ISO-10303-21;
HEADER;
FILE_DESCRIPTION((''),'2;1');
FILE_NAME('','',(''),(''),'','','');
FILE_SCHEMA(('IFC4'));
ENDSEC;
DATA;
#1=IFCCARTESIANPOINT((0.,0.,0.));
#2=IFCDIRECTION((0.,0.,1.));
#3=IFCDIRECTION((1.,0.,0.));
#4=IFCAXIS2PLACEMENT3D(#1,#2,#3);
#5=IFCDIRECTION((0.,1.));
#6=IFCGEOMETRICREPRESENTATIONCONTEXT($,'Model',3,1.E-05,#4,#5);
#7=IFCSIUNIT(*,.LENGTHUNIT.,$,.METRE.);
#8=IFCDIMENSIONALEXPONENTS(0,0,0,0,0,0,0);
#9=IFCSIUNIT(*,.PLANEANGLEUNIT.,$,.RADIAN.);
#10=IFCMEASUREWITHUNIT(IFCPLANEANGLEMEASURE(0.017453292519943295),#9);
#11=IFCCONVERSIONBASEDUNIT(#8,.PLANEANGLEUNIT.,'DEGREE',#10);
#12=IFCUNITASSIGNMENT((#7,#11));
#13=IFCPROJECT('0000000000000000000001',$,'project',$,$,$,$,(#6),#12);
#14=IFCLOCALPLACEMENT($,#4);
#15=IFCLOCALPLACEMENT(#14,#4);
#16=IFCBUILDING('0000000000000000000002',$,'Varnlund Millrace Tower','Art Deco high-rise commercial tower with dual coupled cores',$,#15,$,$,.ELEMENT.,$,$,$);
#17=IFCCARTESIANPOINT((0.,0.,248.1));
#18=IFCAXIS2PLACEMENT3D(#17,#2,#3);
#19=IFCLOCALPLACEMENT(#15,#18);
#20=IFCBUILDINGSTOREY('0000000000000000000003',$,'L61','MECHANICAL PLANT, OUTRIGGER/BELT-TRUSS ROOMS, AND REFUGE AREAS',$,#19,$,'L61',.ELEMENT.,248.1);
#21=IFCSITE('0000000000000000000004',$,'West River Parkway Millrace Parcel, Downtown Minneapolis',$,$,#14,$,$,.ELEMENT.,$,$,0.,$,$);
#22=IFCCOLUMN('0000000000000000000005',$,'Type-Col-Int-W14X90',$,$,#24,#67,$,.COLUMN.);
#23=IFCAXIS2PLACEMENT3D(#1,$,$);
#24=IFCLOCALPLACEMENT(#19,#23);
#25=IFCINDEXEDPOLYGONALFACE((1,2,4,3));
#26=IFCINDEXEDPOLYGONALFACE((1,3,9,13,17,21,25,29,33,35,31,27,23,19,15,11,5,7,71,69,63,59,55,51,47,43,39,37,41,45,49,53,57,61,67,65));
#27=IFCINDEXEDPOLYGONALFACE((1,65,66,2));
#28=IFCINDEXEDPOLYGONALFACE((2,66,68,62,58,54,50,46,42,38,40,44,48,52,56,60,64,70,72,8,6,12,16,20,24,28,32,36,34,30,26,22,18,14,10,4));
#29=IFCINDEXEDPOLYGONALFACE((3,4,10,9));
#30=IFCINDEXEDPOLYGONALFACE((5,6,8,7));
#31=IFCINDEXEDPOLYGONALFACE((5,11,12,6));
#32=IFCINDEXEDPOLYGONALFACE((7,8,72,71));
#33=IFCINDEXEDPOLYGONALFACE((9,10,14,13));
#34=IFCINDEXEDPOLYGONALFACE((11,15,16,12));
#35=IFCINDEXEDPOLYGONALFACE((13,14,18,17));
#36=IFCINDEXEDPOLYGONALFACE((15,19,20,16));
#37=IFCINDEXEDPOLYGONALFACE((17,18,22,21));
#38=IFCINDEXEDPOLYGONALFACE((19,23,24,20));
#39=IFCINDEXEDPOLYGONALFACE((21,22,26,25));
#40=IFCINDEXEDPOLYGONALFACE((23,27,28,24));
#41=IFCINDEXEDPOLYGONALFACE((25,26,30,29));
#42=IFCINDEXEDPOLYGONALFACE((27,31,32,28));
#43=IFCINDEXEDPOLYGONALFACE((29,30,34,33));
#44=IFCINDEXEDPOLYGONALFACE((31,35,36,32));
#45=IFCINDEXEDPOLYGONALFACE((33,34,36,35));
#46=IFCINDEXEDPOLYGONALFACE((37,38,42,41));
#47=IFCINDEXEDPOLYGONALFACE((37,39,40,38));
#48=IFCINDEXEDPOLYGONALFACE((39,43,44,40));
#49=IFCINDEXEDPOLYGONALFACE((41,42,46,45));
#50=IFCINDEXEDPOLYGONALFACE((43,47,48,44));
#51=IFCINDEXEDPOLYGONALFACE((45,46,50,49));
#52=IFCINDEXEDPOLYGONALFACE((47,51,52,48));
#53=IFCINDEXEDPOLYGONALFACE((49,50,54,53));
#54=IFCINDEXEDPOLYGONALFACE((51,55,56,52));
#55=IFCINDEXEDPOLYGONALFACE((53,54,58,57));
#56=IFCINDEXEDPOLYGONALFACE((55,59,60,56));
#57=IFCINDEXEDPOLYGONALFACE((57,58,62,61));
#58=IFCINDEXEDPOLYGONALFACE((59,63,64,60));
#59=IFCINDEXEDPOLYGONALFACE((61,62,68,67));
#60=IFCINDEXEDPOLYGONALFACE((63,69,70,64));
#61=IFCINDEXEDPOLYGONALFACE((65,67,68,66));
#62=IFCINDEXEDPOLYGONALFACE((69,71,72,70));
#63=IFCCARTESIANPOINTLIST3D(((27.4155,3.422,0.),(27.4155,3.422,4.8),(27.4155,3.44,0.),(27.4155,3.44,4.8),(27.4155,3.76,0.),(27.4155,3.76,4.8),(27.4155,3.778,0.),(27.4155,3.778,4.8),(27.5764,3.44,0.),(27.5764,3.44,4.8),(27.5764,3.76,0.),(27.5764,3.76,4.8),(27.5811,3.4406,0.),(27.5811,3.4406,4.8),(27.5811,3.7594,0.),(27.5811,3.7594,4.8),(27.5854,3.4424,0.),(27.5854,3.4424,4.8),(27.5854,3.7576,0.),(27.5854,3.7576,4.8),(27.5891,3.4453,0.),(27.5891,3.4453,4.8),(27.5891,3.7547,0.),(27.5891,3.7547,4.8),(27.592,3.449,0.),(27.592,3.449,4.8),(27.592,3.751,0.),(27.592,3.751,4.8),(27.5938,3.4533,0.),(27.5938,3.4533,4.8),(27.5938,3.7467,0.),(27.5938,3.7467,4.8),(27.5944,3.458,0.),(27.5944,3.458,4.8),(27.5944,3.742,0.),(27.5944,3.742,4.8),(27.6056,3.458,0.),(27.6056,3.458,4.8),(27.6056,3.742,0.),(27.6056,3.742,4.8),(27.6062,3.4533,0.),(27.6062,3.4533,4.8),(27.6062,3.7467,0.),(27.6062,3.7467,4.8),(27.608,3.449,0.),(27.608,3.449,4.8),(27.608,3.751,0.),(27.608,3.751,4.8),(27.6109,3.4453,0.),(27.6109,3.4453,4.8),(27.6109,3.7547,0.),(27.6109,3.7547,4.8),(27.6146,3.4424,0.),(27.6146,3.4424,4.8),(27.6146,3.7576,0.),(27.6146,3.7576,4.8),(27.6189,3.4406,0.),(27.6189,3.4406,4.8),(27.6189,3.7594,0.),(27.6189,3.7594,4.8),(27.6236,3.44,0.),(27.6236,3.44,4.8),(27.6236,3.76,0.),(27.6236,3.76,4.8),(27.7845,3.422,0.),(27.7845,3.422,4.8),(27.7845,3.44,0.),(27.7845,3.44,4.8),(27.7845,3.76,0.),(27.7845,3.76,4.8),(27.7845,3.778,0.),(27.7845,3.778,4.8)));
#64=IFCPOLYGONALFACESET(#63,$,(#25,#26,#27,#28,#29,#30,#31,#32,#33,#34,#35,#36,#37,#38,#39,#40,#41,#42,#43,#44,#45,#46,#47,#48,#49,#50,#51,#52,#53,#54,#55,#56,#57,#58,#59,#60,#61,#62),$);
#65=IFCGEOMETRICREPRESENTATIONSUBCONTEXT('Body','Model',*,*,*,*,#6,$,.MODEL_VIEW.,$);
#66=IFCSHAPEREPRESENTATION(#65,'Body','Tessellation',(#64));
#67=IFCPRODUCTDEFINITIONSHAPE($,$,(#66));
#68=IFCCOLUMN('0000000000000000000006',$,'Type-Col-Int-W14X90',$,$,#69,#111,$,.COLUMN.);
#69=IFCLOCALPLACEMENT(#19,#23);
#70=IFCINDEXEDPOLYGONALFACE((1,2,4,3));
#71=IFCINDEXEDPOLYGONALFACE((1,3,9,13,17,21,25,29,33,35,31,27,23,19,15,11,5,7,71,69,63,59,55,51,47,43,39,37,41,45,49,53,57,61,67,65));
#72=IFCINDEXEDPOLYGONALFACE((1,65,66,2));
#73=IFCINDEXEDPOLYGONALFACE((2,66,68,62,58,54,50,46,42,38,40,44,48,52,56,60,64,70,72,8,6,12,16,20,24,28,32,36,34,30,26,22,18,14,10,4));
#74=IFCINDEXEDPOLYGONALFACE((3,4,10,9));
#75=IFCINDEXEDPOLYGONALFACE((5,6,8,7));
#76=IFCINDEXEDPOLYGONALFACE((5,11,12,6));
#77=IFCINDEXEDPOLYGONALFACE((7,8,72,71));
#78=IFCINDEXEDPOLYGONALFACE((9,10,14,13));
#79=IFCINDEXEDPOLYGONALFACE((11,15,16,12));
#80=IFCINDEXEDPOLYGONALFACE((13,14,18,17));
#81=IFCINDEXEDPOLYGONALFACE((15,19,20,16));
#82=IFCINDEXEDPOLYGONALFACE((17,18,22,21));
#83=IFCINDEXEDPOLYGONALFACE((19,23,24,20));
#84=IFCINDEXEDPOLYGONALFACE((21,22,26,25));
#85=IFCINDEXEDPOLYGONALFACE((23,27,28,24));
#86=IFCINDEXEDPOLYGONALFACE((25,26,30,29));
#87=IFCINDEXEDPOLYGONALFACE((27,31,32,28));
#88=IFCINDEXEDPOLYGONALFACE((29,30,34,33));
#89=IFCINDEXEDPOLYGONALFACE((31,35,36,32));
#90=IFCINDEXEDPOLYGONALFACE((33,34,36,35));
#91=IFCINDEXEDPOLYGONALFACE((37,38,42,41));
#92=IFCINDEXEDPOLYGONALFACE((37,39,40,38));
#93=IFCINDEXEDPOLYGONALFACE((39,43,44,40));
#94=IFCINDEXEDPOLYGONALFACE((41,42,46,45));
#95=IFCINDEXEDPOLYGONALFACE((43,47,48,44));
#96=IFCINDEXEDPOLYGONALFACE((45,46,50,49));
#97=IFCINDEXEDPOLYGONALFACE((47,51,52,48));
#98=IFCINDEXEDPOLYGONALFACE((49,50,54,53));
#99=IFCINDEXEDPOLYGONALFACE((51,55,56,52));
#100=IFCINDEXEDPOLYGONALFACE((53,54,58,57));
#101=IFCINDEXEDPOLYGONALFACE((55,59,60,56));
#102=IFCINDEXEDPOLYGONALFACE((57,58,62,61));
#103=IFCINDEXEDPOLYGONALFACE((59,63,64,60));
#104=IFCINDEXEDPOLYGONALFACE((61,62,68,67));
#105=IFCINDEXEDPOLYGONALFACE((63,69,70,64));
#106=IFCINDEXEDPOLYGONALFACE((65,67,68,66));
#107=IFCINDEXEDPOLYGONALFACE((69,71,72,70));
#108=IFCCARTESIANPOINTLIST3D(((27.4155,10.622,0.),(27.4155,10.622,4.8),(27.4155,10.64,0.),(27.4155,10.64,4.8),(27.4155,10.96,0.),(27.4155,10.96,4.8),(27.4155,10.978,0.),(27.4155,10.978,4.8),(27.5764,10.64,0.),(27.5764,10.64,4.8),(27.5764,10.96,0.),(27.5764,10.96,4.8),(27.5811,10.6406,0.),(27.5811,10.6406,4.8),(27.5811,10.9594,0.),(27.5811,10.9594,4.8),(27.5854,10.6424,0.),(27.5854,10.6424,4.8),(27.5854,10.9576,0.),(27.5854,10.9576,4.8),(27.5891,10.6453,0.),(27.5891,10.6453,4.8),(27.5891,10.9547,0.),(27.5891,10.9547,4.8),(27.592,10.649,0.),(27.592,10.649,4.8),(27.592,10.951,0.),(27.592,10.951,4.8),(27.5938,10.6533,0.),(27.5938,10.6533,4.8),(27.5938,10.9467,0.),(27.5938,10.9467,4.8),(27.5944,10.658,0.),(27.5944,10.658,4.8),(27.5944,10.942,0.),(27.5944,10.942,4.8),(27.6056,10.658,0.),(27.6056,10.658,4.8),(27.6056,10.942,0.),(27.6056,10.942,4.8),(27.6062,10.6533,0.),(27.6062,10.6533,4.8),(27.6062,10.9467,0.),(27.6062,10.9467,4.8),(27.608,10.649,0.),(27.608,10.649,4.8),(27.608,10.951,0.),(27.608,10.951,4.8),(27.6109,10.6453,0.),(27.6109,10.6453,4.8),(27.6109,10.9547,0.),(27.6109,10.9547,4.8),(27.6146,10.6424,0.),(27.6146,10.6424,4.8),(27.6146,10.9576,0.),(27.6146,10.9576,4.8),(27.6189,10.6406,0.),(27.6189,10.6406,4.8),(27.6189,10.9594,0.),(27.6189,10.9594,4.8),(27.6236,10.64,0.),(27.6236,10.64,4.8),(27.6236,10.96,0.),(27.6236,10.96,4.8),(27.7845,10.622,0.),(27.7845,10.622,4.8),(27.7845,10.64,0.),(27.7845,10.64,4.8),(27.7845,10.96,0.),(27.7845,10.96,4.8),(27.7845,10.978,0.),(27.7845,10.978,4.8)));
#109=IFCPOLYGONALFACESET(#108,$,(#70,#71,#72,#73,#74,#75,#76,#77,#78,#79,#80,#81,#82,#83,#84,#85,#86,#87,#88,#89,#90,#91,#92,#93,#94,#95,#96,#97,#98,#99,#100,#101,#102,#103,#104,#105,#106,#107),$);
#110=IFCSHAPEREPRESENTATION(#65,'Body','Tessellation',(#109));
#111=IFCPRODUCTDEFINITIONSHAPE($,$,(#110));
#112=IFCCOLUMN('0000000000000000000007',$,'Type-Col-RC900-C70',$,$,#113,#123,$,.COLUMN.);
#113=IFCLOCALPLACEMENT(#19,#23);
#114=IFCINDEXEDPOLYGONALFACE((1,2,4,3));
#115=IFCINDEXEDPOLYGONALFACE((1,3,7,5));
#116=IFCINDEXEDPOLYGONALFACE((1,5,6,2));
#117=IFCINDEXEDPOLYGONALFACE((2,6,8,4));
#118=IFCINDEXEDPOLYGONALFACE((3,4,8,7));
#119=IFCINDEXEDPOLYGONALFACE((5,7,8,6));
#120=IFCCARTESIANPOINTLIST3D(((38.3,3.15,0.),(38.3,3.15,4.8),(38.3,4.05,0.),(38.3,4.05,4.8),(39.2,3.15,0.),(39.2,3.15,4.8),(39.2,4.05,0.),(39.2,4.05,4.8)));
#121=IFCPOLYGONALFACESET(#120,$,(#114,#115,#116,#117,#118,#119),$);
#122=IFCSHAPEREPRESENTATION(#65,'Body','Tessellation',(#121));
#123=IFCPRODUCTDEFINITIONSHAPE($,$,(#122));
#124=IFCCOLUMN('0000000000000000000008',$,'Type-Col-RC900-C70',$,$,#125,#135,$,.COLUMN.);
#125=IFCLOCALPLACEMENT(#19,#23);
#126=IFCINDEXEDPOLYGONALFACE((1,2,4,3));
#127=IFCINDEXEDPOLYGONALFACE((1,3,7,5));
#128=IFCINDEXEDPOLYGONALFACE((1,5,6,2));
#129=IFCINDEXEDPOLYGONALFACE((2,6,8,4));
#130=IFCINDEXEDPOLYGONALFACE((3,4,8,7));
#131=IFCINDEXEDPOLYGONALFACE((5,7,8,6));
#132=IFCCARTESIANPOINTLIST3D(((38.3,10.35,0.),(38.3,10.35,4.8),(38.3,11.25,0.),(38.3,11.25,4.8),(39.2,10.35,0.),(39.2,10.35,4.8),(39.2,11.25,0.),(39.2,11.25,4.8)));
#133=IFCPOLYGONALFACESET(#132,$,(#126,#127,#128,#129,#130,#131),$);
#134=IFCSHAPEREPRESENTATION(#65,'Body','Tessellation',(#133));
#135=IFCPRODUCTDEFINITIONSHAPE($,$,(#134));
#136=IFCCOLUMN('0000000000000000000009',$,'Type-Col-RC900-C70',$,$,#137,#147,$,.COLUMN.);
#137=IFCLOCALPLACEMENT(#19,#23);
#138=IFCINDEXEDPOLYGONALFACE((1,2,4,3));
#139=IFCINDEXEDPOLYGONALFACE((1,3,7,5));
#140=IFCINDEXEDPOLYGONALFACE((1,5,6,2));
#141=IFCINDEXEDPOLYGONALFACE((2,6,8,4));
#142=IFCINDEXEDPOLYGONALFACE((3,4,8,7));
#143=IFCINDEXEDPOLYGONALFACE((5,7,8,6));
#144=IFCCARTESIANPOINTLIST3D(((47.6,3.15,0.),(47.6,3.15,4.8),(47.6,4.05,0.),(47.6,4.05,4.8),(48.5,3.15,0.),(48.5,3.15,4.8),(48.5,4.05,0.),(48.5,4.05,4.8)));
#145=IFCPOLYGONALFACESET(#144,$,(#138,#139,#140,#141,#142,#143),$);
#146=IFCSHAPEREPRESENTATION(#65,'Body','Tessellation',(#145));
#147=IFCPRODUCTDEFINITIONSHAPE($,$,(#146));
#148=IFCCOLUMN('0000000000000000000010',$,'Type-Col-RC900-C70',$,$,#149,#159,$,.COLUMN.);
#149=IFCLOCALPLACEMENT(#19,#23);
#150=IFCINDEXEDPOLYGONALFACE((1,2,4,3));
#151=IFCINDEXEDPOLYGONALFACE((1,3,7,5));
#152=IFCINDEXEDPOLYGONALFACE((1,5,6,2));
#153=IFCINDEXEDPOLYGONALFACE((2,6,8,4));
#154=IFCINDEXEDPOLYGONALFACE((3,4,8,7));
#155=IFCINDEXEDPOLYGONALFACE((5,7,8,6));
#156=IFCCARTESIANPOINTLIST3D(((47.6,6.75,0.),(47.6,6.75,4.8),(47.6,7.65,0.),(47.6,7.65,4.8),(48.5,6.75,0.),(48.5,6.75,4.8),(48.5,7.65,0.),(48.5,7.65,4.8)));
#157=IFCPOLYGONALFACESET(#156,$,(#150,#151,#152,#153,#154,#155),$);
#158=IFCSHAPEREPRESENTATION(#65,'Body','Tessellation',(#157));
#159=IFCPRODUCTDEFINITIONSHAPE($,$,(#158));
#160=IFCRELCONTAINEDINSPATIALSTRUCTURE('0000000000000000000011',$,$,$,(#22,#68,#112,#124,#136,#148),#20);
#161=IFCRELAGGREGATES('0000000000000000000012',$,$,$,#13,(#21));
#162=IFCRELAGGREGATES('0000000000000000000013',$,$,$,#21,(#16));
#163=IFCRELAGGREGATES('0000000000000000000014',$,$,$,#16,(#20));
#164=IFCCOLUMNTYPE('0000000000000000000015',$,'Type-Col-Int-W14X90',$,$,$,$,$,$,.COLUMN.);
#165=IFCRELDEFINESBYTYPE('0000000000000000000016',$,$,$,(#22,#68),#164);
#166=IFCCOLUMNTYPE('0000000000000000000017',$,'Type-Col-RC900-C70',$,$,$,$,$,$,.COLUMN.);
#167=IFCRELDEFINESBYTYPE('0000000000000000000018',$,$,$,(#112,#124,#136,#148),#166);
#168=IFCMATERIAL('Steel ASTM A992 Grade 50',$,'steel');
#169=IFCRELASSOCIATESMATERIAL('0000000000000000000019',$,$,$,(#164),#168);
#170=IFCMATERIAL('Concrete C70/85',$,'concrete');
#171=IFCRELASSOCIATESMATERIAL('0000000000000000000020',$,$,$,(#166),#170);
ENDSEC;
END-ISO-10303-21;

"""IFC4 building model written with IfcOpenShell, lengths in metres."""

from ifc_helpers import new_model, entity, si_unit, converted_unit, direction, frame, origin_with_axes, origin_2d_with_axis, place, context, subcontext, project, spatial, rectangle, i_section, extrude, material, material_profile, profile_set, type_object, element, save


model = new_model("IFC4")

# Units and contexts
model_context = context("Model", 3, precision=1e-05, world=origin_with_axes(), true_north=direction((0.0, 1.0)))
body_context = subcontext(model_context, "Body", "Model", "MODEL_VIEW")
ifc_project = project(units=[si_unit("LENGTHUNIT", "METRE"), converted_unit("PLANEANGLEUNIT", "DEGREE", entity("IfcPlaneAngleMeasure", 0.017453292519943295), si_unit("PLANEANGLEUNIT", "RADIAN"), dimensions=[0, 0, 0, 0, 0, 0, 0])], contexts=[model_context])

# Site, building, storey
site_placement = place(None, origin_with_axes())
site = spatial("IfcSite", under=ifc_project, at=site_placement, Name="West River Parkway Millrace Parcel, Downtown Minneapolis", CompositionType="ELEMENT", RefElevation=0.0)
building_placement = place(site_placement, origin_with_axes())
building = spatial("IfcBuilding", under=site, at=building_placement, Name="Varnlund Millrace Tower", Description="Art Deco high-rise commercial tower with dual coupled cores", CompositionType="ELEMENT")
storey_placement = place(building_placement, frame((0.0, 0.0, 248.1), z_axis=(0.0, 0.0, 1.0), x_axis=(1.0, 0.0, 0.0)))
storey = spatial("IfcBuildingStorey", under=building, at=storey_placement, Name="L61", Description="MECHANICAL PLANT, OUTRIGGER/BELT-TRUSS ROOMS, AND REFUGE AREAS", LongName="L61", CompositionType="ELEMENT", Elevation=248.1)

# Columns
ifc_material_1 = material(Name="Steel ASTM A992 Grade 50", Category="steel")
ifc_material_profile_1 = material_profile(ifc_material_1, i_section(OverallWidth=0.369, OverallDepth=0.356, WebThickness=0.0112, FlangeThickness=0.018, FilletRadius=0.018, at=origin_2d_with_axis()), Name="Steel ASTM A992 Grade 50")
ifc_profile_set_1 = profile_set([ifc_material_profile_1], Name="Steel ASTM A992 Grade 50")
column_type_1 = type_object("IfcColumnType", Name="Type-Col-Int-W14X90", PredefinedType="COLUMN", material=ifc_profile_set_1)
for number, where, z_axis, x_axis, name in (
    (1, (27.6, 3.6, 0.0), (0.0, 0.0, 1.0), (1.0, 0.0, 0.0), "Type-Col-Int-W14X90"),
    (2, (27.6, 10.8, 0.0), (0.0, 0.0, 1.0), (1.0, 0.0, 0.0), "Type-Col-Int-W14X90"),
):
    element("IfcColumn", number, at=place(storey_placement, frame(where, z_axis=z_axis, x_axis=x_axis)), inside=storey, type_object=column_type_1, Name=name, PredefinedType="COLUMN", context=body_context, shape_type="SweptSolid", body=[
        extrude(i_section(OverallWidth=0.369, OverallDepth=0.356, WebThickness=0.0112, FlangeThickness=0.018, FilletRadius=0.018, at=origin_2d_with_axis()), origin_with_axes(), (0.0, 0.0, 1.0), 4.8),
    ])
ifc_material_2 = material(Name="Concrete C70/85", Category="concrete")
ifc_material_profile_2 = material_profile(ifc_material_2, rectangle(XDim=0.9, YDim=0.9, at=origin_2d_with_axis()), Name="Concrete C70/85")
ifc_profile_set_2 = profile_set([ifc_material_profile_2], Name="Concrete C70/85")
column_type_2 = type_object("IfcColumnType", Name="Type-Col-RC900-C70", PredefinedType="COLUMN", material=ifc_profile_set_2)
for number, where, z_axis, x_axis, name in (
    (3, (38.75, 3.6, 0.0), (0.0, 0.0, 1.0), (1.0, 0.0, 0.0), "Type-Col-RC900-C70"),
    (4, (38.75, 10.8, 0.0), (0.0, 0.0, 1.0), (1.0, 0.0, 0.0), "Type-Col-RC900-C70"),
    (5, (48.05, 3.6, 0.0), (0.0, 0.0, 1.0), (1.0, 0.0, 0.0), "Type-Col-RC900-C70"),
    (6, (48.05, 7.2, 0.0), (0.0, 0.0, 1.0), (1.0, 0.0, 0.0), "Type-Col-RC900-C70"),
):
    element("IfcColumn", number, at=place(storey_placement, frame(where, z_axis=z_axis, x_axis=x_axis)), inside=storey, type_object=column_type_2, Name=name, PredefinedType="COLUMN", context=body_context, shape_type="SweptSolid", body=[
        extrude(rectangle(XDim=0.9, YDim=0.9, at=origin_2d_with_axis()), origin_with_axes(), (0.0, 0.0, 1.0), 4.8),
    ])

save(model, "model.ifc")
